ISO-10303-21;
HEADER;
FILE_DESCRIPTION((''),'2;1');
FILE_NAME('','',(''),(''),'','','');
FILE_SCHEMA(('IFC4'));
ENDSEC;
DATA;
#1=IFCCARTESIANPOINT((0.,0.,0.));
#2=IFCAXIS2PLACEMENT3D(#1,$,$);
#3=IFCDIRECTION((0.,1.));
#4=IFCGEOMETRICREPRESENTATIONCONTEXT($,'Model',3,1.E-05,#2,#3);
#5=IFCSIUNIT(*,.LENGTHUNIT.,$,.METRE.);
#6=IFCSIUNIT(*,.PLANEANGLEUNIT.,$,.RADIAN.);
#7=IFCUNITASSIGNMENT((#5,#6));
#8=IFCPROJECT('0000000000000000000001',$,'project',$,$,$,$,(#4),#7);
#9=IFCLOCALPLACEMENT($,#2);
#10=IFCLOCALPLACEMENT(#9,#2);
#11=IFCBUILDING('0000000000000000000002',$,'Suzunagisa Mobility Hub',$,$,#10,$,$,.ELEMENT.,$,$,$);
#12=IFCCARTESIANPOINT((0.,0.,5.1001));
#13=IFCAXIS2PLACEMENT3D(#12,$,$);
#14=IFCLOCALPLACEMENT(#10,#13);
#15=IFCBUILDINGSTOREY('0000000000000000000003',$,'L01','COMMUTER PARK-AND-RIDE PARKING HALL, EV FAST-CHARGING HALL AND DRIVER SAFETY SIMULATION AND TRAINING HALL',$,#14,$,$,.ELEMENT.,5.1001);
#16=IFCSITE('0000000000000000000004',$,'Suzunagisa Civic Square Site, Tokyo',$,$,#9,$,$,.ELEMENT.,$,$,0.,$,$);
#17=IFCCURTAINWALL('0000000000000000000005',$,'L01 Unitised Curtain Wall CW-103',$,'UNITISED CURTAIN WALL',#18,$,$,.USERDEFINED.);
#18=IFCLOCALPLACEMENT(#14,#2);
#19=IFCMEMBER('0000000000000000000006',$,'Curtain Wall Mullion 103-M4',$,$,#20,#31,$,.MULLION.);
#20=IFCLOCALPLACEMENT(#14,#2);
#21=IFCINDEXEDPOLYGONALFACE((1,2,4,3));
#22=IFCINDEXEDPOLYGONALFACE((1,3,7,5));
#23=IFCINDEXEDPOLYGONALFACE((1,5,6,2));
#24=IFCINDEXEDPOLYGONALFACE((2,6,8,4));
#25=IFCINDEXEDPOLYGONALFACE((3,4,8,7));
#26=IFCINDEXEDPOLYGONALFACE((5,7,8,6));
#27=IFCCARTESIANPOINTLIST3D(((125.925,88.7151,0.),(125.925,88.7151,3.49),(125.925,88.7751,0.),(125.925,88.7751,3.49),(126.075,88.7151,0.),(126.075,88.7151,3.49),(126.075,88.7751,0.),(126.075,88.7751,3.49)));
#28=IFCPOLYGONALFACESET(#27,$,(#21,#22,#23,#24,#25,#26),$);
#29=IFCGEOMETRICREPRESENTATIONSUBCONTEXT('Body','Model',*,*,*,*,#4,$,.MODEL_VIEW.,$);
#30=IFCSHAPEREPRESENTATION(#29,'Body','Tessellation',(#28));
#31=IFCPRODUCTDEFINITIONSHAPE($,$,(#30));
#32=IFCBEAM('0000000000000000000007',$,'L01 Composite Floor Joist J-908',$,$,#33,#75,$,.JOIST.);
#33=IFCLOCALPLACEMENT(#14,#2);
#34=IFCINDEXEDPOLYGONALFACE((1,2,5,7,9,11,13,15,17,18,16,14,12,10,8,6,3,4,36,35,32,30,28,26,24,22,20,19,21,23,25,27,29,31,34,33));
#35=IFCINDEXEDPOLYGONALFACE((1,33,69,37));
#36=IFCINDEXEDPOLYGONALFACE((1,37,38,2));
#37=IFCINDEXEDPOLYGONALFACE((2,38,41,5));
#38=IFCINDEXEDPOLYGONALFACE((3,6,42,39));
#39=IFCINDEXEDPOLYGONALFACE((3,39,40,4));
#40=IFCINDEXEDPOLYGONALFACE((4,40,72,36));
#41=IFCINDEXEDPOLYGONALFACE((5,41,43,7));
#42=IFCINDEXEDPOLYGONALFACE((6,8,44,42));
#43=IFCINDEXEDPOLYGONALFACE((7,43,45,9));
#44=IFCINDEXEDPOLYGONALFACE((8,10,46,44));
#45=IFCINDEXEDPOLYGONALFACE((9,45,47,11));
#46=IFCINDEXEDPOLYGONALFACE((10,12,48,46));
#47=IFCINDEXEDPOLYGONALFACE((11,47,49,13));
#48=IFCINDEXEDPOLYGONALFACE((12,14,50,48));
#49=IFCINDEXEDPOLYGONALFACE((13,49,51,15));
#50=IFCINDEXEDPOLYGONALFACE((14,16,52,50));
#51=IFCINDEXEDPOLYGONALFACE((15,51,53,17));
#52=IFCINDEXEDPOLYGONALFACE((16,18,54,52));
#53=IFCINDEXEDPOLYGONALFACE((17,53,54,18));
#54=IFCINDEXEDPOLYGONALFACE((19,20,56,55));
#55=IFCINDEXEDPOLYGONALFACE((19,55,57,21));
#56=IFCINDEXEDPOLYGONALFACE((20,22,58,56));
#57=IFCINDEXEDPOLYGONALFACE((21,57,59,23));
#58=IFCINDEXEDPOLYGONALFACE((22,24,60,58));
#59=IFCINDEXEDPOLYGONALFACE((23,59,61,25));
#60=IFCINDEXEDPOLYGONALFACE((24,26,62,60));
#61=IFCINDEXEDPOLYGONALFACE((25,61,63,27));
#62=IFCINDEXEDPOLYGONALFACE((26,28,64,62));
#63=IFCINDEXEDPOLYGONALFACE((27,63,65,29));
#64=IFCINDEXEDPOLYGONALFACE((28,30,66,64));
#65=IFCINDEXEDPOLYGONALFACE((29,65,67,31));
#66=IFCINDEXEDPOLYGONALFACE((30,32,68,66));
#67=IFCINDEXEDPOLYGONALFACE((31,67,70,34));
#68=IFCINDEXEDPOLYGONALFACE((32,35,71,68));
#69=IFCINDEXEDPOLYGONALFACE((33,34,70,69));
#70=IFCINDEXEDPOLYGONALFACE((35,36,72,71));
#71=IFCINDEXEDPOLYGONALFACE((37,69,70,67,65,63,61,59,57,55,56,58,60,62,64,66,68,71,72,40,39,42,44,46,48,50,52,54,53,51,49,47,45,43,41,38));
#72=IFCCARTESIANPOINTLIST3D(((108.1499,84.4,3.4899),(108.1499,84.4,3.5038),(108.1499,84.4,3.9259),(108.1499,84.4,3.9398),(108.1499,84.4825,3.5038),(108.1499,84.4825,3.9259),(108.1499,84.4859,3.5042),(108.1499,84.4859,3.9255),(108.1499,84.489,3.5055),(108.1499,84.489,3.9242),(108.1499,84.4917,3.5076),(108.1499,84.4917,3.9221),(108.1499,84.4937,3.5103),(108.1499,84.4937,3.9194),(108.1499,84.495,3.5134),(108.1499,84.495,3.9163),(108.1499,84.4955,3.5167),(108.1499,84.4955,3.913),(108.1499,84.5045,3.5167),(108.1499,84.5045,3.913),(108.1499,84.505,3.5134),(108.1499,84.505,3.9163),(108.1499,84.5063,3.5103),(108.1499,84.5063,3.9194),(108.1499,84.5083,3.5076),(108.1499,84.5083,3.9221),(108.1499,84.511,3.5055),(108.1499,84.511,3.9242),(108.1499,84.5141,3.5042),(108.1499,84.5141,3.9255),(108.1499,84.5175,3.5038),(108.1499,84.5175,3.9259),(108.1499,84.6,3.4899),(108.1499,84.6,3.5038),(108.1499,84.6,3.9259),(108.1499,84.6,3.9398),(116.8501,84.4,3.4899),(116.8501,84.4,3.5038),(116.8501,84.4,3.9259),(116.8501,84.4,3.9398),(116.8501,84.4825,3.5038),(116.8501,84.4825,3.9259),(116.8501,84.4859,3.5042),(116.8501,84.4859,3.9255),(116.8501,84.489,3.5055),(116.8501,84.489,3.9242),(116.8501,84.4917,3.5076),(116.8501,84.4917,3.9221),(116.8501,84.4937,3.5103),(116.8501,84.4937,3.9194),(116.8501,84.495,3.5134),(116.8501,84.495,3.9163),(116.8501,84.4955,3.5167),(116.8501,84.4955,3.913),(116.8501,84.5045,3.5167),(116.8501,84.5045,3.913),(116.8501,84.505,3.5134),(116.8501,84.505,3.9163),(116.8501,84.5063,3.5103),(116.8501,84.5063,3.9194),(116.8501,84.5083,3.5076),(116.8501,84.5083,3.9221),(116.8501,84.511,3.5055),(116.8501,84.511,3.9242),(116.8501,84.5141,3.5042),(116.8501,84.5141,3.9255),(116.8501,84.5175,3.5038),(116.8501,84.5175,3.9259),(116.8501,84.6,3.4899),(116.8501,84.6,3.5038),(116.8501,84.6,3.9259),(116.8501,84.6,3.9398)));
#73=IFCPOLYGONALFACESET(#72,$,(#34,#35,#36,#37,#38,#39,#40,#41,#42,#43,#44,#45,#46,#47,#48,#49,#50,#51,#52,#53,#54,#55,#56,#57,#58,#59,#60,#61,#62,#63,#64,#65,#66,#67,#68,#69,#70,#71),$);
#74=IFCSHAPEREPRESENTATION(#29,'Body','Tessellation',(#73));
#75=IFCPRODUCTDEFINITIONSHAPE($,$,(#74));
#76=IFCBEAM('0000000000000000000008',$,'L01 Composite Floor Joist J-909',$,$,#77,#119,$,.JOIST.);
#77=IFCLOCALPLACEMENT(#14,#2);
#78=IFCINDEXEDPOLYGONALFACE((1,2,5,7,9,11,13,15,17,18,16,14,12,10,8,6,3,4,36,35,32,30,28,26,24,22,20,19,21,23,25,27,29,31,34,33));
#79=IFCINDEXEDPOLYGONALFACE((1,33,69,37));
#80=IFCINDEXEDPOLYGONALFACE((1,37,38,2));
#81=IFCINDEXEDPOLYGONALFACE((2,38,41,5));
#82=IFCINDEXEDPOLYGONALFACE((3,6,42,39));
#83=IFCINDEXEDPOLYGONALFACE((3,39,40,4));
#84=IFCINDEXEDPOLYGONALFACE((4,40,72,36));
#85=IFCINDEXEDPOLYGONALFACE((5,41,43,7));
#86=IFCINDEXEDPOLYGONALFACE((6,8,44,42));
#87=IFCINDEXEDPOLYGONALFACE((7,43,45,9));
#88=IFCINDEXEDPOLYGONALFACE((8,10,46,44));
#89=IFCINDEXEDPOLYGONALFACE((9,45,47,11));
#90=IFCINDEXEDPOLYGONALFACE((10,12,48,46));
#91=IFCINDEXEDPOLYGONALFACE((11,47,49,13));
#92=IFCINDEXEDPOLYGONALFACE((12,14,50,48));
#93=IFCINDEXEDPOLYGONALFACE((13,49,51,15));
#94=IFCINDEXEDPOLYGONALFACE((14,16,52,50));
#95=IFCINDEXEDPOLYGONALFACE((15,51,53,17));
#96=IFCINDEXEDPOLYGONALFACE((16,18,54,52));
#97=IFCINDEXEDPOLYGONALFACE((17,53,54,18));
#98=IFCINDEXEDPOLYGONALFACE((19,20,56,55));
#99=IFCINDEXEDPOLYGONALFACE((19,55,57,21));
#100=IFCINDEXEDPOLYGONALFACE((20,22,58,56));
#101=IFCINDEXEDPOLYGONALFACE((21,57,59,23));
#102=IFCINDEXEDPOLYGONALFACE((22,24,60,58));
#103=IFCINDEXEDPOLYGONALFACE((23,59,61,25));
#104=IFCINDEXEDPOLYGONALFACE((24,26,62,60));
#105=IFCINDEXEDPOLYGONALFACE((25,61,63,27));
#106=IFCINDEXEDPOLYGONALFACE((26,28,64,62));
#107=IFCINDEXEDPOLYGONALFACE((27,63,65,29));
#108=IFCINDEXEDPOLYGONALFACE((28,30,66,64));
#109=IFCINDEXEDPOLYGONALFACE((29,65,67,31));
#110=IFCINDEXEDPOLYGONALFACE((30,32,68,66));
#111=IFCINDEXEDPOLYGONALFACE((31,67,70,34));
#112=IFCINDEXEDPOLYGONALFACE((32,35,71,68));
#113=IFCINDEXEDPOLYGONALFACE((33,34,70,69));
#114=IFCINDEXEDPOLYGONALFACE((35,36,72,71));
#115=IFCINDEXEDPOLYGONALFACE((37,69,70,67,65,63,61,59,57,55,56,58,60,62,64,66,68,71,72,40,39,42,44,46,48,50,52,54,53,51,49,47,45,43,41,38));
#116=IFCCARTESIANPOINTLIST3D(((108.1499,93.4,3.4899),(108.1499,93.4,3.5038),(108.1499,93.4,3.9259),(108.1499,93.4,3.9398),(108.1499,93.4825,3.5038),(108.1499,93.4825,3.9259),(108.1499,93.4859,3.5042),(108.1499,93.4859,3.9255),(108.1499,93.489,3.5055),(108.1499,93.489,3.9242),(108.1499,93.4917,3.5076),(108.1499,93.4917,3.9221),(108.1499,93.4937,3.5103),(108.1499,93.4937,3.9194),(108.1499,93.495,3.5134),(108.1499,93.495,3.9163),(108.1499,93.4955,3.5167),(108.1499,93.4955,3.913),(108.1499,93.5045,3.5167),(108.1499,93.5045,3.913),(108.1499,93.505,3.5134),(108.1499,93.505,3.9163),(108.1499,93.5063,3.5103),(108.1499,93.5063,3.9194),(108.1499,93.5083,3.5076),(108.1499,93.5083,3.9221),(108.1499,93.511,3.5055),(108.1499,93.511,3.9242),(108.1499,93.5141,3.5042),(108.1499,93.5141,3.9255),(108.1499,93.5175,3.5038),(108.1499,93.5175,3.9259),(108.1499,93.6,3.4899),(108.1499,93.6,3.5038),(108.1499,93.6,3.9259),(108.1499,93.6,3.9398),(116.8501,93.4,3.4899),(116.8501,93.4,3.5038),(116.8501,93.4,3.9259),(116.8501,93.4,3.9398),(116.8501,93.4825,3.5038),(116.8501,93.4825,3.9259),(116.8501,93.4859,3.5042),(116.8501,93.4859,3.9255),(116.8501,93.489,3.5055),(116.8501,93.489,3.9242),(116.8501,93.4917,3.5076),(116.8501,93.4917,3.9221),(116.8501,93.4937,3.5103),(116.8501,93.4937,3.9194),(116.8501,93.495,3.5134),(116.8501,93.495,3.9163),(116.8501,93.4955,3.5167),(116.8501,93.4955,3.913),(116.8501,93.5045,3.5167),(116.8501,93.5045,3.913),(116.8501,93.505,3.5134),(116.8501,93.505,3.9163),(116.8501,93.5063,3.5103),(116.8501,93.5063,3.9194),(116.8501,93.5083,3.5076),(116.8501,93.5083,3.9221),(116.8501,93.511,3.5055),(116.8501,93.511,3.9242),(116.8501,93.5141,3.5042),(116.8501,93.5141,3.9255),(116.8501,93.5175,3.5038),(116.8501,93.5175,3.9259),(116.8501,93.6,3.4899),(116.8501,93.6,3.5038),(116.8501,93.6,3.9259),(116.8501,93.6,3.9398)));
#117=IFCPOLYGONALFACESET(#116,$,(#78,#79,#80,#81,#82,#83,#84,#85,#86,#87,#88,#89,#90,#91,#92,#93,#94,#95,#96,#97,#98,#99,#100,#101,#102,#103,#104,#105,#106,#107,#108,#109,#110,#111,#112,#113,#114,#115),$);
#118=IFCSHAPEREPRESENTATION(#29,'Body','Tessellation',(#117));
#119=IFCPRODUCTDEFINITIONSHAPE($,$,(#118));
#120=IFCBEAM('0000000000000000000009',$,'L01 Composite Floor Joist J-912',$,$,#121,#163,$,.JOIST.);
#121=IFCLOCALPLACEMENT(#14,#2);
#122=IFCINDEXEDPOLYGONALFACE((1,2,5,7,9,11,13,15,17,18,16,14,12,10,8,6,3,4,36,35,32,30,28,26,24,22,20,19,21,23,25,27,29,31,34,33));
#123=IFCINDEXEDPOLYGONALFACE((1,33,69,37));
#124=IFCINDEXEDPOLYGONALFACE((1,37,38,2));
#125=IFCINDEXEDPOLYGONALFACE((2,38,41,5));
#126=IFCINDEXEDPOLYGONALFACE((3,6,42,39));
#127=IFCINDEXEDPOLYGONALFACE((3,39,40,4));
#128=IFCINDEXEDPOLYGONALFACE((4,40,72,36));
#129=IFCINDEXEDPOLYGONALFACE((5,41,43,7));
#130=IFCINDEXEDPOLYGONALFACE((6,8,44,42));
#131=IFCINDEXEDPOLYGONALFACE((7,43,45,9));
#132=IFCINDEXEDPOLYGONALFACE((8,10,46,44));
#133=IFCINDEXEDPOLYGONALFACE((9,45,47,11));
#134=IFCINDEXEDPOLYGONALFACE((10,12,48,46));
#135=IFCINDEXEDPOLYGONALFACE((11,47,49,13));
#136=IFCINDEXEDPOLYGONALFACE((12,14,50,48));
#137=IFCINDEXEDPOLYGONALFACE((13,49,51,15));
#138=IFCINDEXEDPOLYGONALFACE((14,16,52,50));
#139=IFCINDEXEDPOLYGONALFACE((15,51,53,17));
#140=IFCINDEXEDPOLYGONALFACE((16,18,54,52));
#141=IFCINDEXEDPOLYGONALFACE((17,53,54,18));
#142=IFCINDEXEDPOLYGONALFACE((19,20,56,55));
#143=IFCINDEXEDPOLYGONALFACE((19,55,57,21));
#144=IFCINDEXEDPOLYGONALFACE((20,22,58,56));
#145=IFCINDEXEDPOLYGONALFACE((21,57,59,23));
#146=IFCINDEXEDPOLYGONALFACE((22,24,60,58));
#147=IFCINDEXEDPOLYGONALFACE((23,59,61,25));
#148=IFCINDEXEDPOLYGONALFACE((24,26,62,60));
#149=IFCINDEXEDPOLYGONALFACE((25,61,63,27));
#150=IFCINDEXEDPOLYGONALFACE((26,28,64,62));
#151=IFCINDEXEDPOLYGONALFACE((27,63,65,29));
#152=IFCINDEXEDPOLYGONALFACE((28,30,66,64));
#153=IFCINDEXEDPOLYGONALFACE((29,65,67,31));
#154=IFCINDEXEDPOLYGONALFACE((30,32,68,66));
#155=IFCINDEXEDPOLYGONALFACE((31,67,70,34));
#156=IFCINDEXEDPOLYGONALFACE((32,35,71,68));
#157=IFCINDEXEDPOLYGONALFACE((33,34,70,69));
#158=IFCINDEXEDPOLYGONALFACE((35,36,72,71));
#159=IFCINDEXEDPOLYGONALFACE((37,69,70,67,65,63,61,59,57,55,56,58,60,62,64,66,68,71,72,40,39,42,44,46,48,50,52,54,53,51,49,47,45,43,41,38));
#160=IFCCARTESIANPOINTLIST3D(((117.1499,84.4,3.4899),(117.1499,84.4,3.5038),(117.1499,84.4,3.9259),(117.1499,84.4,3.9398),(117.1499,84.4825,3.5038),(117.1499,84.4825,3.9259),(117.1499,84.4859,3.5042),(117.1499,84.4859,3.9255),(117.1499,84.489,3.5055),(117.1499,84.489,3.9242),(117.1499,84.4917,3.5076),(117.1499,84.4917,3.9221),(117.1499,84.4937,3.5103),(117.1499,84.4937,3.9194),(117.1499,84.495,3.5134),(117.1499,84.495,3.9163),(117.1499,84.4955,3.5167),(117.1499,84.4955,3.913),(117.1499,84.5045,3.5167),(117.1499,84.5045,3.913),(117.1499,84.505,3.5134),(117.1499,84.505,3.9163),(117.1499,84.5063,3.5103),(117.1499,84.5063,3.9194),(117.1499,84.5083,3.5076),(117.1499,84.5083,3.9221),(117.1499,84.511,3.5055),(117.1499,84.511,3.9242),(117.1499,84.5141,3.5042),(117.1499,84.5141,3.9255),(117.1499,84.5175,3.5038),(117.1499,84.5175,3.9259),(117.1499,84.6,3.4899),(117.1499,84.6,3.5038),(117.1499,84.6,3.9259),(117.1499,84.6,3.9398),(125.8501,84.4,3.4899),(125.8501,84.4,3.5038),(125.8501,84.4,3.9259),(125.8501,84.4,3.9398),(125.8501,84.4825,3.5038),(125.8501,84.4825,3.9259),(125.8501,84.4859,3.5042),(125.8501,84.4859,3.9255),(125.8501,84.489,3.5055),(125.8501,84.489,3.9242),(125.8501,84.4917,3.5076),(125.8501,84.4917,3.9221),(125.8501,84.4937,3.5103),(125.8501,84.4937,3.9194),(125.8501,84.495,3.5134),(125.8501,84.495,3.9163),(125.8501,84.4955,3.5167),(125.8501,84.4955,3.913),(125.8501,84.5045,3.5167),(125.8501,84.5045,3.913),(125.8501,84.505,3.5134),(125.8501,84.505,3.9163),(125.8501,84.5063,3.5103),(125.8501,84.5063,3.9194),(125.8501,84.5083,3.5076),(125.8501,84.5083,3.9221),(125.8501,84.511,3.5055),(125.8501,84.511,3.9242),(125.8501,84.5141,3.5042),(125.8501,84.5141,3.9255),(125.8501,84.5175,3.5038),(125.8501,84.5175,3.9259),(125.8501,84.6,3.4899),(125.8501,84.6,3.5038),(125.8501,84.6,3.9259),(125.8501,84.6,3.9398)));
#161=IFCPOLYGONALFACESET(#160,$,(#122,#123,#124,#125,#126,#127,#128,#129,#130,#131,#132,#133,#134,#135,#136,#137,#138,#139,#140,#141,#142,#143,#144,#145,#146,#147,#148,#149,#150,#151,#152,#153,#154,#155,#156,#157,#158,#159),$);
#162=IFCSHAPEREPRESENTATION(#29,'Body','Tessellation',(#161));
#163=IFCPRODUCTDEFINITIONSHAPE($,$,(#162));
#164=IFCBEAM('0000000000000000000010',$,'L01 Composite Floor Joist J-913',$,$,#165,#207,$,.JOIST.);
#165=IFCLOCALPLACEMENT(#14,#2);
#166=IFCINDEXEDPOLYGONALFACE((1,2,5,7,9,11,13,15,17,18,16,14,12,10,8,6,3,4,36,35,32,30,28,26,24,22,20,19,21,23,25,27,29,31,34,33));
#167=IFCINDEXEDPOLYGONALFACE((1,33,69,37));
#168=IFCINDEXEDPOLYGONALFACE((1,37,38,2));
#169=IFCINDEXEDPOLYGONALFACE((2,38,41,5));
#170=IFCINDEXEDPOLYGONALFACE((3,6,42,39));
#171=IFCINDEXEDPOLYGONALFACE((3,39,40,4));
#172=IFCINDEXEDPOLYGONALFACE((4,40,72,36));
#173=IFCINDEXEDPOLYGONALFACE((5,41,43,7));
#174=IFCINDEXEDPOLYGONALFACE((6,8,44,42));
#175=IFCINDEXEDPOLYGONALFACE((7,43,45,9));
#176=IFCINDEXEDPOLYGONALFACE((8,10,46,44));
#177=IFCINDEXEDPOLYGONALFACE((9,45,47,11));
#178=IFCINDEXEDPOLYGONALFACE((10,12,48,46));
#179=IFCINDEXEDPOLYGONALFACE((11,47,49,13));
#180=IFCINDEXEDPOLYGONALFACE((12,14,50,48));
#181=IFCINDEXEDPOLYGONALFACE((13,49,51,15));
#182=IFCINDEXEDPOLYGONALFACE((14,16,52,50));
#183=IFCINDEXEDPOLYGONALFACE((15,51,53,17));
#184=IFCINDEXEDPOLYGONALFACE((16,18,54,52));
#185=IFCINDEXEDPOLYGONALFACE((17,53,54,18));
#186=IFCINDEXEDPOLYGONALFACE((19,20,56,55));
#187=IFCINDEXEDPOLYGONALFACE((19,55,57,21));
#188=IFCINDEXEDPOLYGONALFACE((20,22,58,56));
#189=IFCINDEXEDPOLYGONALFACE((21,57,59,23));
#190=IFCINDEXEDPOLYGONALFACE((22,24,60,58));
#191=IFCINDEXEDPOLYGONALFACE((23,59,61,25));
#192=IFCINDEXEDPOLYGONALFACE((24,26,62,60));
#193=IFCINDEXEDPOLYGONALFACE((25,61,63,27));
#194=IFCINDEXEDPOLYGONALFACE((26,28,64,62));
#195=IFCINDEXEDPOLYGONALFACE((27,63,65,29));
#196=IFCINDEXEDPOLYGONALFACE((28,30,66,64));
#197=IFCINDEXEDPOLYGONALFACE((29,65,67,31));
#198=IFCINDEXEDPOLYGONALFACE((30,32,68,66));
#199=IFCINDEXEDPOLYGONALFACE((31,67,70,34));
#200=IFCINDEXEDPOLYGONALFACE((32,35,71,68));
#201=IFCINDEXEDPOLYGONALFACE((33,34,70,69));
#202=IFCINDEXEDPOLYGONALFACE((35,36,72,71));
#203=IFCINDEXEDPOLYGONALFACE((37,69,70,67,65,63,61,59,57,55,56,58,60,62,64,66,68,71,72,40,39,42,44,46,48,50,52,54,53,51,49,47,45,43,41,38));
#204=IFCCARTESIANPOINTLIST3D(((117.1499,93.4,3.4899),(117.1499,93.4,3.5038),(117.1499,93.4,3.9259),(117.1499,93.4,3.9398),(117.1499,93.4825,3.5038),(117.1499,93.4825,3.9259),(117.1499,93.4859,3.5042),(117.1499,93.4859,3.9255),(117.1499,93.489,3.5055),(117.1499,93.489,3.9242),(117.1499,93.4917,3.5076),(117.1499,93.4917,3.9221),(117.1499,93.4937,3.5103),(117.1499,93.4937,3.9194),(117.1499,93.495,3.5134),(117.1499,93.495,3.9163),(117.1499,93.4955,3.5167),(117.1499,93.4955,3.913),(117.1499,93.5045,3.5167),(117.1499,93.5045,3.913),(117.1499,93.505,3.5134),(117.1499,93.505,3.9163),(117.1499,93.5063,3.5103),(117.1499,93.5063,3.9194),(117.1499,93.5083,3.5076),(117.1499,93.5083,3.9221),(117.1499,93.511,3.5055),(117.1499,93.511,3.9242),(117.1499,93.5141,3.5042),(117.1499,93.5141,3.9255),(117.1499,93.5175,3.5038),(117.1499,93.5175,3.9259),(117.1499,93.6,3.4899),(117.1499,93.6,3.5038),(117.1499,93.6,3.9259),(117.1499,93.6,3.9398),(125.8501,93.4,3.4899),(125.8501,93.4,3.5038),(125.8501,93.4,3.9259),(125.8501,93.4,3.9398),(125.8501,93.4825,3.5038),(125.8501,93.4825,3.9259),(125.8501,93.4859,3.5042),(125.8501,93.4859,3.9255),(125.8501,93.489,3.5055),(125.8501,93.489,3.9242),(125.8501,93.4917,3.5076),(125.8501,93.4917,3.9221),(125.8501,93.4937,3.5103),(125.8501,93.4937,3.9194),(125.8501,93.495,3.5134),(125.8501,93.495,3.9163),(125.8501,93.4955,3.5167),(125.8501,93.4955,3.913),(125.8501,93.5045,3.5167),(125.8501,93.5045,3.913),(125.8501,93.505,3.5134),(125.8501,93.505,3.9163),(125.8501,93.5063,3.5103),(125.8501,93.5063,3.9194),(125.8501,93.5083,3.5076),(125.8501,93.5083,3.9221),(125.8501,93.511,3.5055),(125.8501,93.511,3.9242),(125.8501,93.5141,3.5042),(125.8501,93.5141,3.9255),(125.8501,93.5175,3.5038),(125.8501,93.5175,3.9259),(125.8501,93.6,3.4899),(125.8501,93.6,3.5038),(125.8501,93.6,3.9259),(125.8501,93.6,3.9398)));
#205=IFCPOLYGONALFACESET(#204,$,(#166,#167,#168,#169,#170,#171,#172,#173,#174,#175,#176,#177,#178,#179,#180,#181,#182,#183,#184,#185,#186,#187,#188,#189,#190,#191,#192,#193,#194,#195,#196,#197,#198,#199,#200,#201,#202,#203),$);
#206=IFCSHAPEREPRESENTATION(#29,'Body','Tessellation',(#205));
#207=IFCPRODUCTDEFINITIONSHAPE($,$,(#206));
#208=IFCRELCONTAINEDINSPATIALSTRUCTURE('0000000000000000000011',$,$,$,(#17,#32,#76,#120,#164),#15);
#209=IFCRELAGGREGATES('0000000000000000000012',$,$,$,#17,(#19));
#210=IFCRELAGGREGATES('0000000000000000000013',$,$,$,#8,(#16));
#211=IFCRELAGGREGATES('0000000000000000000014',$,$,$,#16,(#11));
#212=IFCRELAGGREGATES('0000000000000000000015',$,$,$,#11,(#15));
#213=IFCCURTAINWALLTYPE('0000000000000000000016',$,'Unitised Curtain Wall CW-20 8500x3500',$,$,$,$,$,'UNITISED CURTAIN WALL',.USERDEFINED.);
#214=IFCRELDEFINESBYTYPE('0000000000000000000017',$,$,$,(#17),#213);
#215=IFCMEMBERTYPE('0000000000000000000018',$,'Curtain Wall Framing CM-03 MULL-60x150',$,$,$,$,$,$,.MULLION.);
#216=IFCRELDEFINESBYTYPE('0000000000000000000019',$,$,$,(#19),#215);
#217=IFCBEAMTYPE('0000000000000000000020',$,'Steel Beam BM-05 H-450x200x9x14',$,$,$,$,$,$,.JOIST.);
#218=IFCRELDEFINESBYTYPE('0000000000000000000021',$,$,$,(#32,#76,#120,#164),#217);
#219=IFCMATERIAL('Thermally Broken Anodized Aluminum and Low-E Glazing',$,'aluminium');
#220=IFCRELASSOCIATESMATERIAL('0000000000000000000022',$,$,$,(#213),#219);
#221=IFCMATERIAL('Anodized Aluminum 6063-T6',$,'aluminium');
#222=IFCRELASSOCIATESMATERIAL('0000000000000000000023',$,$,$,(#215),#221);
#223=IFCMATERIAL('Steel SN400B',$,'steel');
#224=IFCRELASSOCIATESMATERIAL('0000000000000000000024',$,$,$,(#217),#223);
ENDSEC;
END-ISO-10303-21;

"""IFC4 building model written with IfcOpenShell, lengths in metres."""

from ifc_helpers import new_model, si_unit, direction, frame, origin, origin_2d, place, context, subcontext, project, spatial, rectangle, i_section, extrude, material, material_profile, profile_set, type_object, element, aggregate, save


model = new_model("IFC4")

# Units and contexts
model_context = context("Model", 3, precision=1e-05, world=origin(), true_north=direction((0.0, 1.0)))
body_context = subcontext(model_context, "Body", "Model", "MODEL_VIEW")
ifc_project = project(units=[si_unit("LENGTHUNIT", "METRE"), si_unit("PLANEANGLEUNIT", "RADIAN")], contexts=[model_context])

# Site, building, storey
site_placement = place(None, origin())
site = spatial("IfcSite", under=ifc_project, at=site_placement, Name="Suzunagisa Civic Square Site, Tokyo", CompositionType="ELEMENT", RefElevation=0.0)
building_placement = place(site_placement, origin())
building = spatial("IfcBuilding", under=site, at=building_placement, Name="Suzunagisa Mobility Hub", CompositionType="ELEMENT")
storey_placement = place(building_placement, frame((0.0, 0.0, 5.1001)))
storey = spatial("IfcBuildingStorey", under=building, at=storey_placement, Name="L01", Description="COMMUTER PARK-AND-RIDE PARKING HALL, EV FAST-CHARGING HALL AND DRIVER SAFETY SIMULATION AND TRAINING HALL", CompositionType="ELEMENT", Elevation=5.1001)

# Curtain wall, member
ifc_material_1 = material(Name="Thermally Broken Anodized Aluminum and Low-E Glazing", Category="aluminium")
curtain_wall_type = type_object("IfcCurtainWallType", Name="Unitised Curtain Wall CW-20 8500x3500", ElementType="UNITISED CURTAIN WALL", PredefinedType="USERDEFINED", material=ifc_material_1)
curtain_wall_placement = place(storey_placement, origin())
curtain_wall = element("IfcCurtainWall", 1, at=curtain_wall_placement, inside=storey, type_object=curtain_wall_type, Name="L01 Unitised Curtain Wall CW-103", ObjectType="UNITISED CURTAIN WALL", PredefinedType="USERDEFINED")
ifc_material_2 = material(Name="Anodized Aluminum 6063-T6", Category="aluminium")
ifc_material_profile_1 = material_profile(ifc_material_2, rectangle(XDim=0.0601, YDim=0.1499, at=origin_2d()), Name="MULL-60x150")
ifc_profile_set_1 = profile_set([ifc_material_profile_1], Name="Anodized Aluminum 6063-T6")
member_type_1 = type_object("IfcMemberType", Name="Curtain Wall Framing CM-03 MULL-60x150", PredefinedType="MULLION", material=ifc_profile_set_1)
member_1_placement = place(storey_placement, frame((126.0, 88.7451, 0.0), z_axis=(0.0, 0.0, 1.0), x_axis=(0.0, 1.0, 0.0)))
member_1 = element("IfcMember", 2, at=member_1_placement, type_object=member_type_1, Name="Curtain Wall Mullion 103-M4", PredefinedType="MULLION", context=body_context, shape_type="SweptSolid", body=[
    extrude(rectangle(XDim=0.0601, YDim=0.1499, at=origin_2d()), origin(), (0.0, 0.0, 1.0), 3.49),
])

# Beams
ifc_material_3 = material(Name="Steel SN400B", Category="steel")
ifc_material_profile_2 = material_profile(ifc_material_3, i_section(OverallWidth=0.2, OverallDepth=0.45, WebThickness=0.009, FlangeThickness=0.0139, FilletRadius=0.0129, at=origin_2d()), Name="H-450x200x9x14")
ifc_profile_set_2 = profile_set([ifc_material_profile_2], Name="Steel SN400B")
beam_type_1 = type_object("IfcBeamType", Name="Steel Beam BM-05 H-450x200x9x14", PredefinedType="JOIST", material=ifc_profile_set_2)
for number, where, z_axis, x_axis, name in (
    (3, (108.1499, 84.5, 3.7148), (1.0, 0.0, 0.0), (0.0, 1.0, 0.0), "L01 Composite Floor Joist J-908"),
    (4, (108.1499, 93.5, 3.7148), (1.0, 0.0, 0.0), (0.0, 1.0, 0.0), "L01 Composite Floor Joist J-909"),
    (5, (117.1499, 84.5, 3.7148), (1.0, 0.0, 0.0), (0.0, 1.0, 0.0), "L01 Composite Floor Joist J-912"),
    (6, (117.1499, 93.5, 3.7148), (1.0, 0.0, 0.0), (0.0, 1.0, 0.0), "L01 Composite Floor Joist J-913"),
):
    element("IfcBeam", number, at=place(storey_placement, frame(where, z_axis=z_axis, x_axis=x_axis)), inside=storey, type_object=beam_type_1, Name=name, PredefinedType="JOIST", context=body_context, shape_type="SweptSolid", body=[
        extrude(i_section(OverallWidth=0.2, OverallDepth=0.45, WebThickness=0.009, FlangeThickness=0.0139, FilletRadius=0.0129, at=origin_2d()), origin(), (0.0, 0.0, 1.0), 8.7002),
    ])

aggregate(curtain_wall, [member_1])

save(model, "model.ifc")
